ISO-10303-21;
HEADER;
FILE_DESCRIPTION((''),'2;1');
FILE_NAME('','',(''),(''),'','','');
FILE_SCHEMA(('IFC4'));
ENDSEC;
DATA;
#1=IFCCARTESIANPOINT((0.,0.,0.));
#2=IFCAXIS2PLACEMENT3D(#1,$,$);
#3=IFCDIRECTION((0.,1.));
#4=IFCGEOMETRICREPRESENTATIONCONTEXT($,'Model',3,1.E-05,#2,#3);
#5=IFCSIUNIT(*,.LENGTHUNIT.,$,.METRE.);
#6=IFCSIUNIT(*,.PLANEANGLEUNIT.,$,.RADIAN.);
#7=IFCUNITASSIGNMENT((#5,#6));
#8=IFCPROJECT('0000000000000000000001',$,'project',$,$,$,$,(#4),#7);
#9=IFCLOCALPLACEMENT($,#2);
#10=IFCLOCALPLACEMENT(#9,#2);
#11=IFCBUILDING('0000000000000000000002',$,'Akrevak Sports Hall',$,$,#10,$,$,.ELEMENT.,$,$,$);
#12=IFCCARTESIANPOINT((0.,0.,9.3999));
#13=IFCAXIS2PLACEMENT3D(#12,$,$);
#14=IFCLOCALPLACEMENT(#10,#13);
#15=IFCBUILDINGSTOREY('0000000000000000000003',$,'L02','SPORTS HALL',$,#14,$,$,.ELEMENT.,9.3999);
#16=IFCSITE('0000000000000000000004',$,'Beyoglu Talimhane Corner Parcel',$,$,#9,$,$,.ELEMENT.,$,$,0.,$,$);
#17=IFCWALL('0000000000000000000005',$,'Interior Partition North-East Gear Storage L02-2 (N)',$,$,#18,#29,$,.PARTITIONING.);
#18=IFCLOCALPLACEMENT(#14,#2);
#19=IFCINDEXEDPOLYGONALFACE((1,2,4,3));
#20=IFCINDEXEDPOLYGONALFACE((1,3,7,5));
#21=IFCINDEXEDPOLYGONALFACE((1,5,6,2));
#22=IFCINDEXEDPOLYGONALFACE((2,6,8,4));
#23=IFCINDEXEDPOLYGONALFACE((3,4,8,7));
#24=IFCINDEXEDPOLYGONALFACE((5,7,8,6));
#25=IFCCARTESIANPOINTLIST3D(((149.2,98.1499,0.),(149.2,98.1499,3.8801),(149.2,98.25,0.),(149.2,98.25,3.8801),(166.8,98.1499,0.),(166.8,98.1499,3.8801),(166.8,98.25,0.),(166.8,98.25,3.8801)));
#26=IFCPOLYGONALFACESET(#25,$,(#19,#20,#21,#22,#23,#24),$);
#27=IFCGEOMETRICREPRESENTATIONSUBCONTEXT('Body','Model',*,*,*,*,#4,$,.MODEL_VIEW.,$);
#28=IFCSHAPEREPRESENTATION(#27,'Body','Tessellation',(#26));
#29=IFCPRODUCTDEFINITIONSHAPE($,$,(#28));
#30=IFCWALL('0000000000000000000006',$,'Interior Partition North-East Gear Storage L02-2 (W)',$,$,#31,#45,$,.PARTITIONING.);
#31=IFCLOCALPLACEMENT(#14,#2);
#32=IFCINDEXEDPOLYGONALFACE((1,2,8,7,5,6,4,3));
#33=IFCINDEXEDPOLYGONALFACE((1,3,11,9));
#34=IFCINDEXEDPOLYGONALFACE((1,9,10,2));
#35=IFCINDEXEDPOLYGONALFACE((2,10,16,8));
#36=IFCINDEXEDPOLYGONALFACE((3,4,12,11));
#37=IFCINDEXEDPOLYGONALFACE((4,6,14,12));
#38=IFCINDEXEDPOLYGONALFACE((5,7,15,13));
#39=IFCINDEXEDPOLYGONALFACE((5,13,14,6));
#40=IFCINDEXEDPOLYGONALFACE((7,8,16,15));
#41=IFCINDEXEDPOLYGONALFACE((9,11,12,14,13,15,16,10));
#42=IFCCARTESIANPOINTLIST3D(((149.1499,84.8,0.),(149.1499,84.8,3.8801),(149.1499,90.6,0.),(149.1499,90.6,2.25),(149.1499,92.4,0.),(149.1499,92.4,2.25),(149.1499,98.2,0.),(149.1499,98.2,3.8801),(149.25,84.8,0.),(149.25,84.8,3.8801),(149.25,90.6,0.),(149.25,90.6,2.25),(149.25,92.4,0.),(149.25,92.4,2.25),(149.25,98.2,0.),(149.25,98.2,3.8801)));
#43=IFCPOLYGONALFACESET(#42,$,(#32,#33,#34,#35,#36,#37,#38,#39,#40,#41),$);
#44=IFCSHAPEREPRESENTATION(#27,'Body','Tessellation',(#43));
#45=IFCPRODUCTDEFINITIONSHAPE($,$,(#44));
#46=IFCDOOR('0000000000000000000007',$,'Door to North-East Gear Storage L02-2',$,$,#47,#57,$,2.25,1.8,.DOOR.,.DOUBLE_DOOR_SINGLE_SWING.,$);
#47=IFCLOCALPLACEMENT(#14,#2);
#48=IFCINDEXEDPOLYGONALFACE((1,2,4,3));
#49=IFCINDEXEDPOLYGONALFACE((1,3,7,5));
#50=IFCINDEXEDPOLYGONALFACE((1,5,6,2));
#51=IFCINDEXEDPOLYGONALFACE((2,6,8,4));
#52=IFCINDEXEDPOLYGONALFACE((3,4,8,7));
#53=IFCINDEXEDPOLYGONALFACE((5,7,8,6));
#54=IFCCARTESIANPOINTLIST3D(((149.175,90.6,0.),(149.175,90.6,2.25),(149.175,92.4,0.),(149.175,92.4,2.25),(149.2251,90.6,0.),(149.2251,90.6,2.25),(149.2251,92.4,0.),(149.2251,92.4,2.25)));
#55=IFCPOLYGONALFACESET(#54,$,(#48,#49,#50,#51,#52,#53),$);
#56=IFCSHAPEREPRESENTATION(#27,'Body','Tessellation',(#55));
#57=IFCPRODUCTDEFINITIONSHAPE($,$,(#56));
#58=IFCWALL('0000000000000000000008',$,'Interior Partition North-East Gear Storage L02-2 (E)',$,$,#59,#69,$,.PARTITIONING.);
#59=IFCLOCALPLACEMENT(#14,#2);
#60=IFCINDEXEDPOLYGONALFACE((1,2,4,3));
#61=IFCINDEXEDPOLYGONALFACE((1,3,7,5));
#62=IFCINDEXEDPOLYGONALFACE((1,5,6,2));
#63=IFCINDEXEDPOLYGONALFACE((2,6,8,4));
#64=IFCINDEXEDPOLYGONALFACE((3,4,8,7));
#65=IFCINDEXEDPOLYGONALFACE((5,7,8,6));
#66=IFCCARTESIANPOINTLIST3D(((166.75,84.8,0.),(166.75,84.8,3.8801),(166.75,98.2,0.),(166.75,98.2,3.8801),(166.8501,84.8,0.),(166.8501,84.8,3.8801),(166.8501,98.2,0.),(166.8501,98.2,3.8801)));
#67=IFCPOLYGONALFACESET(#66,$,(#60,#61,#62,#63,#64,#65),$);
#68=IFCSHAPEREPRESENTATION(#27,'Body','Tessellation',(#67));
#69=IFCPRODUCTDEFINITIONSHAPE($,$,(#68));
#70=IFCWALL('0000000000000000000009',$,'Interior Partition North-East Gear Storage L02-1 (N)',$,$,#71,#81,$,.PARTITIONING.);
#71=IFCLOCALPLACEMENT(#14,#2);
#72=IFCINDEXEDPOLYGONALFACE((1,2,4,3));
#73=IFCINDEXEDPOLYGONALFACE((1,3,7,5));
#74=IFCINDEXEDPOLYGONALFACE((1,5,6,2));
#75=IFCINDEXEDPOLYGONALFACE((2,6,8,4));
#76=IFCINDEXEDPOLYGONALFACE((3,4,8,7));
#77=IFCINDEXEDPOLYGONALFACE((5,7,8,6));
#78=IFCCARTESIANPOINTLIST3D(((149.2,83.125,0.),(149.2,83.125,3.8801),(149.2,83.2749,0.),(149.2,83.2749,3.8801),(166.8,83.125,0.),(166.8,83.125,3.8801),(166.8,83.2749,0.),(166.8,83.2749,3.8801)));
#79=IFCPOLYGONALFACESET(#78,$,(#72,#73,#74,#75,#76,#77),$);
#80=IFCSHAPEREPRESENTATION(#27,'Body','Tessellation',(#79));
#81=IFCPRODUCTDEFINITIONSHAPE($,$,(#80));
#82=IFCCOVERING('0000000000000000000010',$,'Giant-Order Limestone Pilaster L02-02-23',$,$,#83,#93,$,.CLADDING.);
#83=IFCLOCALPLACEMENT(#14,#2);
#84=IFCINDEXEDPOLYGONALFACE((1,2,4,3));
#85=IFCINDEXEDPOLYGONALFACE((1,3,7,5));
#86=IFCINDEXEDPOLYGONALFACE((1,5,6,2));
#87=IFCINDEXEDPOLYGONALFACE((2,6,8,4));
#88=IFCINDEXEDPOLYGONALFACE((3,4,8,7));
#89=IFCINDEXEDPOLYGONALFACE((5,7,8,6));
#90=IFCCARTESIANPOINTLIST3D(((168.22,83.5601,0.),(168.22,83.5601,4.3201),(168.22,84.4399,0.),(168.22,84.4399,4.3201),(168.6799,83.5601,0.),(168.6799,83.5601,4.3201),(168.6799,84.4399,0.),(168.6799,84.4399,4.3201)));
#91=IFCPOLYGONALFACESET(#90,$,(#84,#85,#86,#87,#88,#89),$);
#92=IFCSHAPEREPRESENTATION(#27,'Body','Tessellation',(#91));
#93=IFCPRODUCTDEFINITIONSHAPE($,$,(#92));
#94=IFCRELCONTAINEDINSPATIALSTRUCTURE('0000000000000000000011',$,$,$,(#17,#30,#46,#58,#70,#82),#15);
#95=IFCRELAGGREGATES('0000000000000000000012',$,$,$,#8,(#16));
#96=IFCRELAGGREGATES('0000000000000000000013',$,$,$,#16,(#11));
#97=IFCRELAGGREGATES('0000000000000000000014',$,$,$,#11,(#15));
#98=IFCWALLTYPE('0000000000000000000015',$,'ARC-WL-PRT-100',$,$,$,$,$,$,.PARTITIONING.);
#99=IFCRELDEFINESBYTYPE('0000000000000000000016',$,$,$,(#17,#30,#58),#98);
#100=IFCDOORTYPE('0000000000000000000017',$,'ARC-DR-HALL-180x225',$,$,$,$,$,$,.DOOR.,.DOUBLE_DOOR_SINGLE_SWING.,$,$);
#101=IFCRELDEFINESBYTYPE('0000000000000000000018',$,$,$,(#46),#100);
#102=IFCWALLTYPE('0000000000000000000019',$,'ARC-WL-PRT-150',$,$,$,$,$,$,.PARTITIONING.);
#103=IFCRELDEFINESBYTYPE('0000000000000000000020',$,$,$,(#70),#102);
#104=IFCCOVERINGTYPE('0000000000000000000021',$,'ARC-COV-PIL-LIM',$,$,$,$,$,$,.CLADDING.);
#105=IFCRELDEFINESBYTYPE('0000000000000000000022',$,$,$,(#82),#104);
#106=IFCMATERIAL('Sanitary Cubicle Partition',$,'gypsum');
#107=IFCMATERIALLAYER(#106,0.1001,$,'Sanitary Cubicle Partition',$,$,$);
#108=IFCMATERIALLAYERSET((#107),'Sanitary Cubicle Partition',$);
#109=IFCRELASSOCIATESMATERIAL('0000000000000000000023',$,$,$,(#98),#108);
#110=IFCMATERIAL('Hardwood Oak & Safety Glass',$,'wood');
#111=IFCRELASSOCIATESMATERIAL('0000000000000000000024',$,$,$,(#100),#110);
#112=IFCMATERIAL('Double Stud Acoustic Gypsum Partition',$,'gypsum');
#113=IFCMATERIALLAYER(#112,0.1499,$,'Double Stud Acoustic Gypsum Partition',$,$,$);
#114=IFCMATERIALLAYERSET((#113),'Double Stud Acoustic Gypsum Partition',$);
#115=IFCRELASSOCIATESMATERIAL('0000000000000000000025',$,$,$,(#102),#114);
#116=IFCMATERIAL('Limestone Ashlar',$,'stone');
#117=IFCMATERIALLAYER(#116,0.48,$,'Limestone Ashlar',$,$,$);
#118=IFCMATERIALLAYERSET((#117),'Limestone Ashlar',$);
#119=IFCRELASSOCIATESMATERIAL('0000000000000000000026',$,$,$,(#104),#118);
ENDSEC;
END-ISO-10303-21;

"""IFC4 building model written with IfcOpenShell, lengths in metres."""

from ifc_helpers import new_model, si_unit, direction, frame, frame_2d, origin, origin_2d, place, context, subcontext, project, spatial, rectangle, extrude, material, layer, layer_set, type_object, element, fill, save


model = new_model("IFC4")

# Units and contexts
model_context = context("Model", 3, precision=1e-05, world=origin(), true_north=direction((0.0, 1.0)))
body_context = subcontext(model_context, "Body", "Model", "MODEL_VIEW")
ifc_project = project(units=[si_unit("LENGTHUNIT", "METRE"), si_unit("PLANEANGLEUNIT", "RADIAN")], contexts=[model_context])

# Site, building, storey
site_placement = place(None, origin())
site = spatial("IfcSite", under=ifc_project, at=site_placement, Name="Beyoglu Talimhane Corner Parcel", CompositionType="ELEMENT", RefElevation=0.0)
building_placement = place(site_placement, origin())
building = spatial("IfcBuilding", under=site, at=building_placement, Name="Akrevak Sports Hall", CompositionType="ELEMENT")
storey_placement = place(building_placement, frame((0.0, 0.0, 9.3999)))
storey = spatial("IfcBuildingStorey", under=building, at=storey_placement, Name="L02", Description="SPORTS HALL", CompositionType="ELEMENT", Elevation=9.3999)

# Shared definitions
ifc_material_1 = material(Name="Limestone Ashlar", Category="stone")

# Wall
ifc_material_2 = material(Name="Sanitary Cubicle Partition", Category="gypsum")
ifc_layer_1 = layer(ifc_material_2, 0.1001, Name="Sanitary Cubicle Partition")
ifc_layer_set_1 = layer_set([ifc_layer_1], Name="Sanitary Cubicle Partition")
wall_type_1 = type_object("IfcWallType", Name="ARC-WL-PRT-100", PredefinedType="PARTITIONING", material=ifc_layer_set_1)
for number, where, z_axis, x_axis, name in (
    (1, (149.2, 98.2, 0.0), (0.0, 0.0, 1.0), (1.0, 0.0, 0.0), "Interior Partition North-East Gear Storage L02-2 (N)"),
):
    element("IfcWall", number, at=place(storey_placement, frame(where, z_axis=z_axis, x_axis=x_axis)), inside=storey, type_object=wall_type_1, Name=name, PredefinedType="PARTITIONING", context=body_context, shape_type="SweptSolid", body=[
        extrude(rectangle(XDim=17.6001, YDim=0.1001, at=frame_2d((8.8, 0.0))), origin(), (0.0, 0.0, 1.0), 3.8801),
    ])

# Wall, opening, door
wall_1_placement = place(storey_placement, frame((149.2, 84.8, 0.0), z_axis=(0.0, 0.0, 1.0), x_axis=(0.0, 1.0, 0.0)))
wall_1 = element("IfcWall", 2, at=wall_1_placement, inside=storey, type_object=wall_type_1, Name="Interior Partition North-East Gear Storage L02-2 (W)", PredefinedType="PARTITIONING", context=body_context, shape_type="SweptSolid", body=[
    extrude(rectangle(XDim=13.3999, YDim=0.1001, at=frame_2d((6.7, 0.0))), origin(), (0.0, 0.0, 1.0), 3.8801),
])
opening_1_placement = place(wall_1_placement, frame((5.8, 0.0, 0.0)))
opening_1 = element("IfcOpeningElement", 3, at=opening_1_placement, cuts=wall_1, PredefinedType="OPENING", context=body_context, shape_type="SweptSolid", body=[
    extrude(rectangle(XDim=1.8, YDim=2.25, at=frame_2d((0.8999, 1.125))), frame((0.0, 0.062, 0.0), z_axis=(0.0, -1.0, 0.0), x_axis=(1.0, 0.0, 0.0)), (0.0, 0.0, 1.0), 0.124),
])
ifc_material_3 = material(Name="Hardwood Oak & Safety Glass", Category="wood")
door_type = type_object("IfcDoorType", Name="ARC-DR-HALL-180x225", OperationType="DOUBLE_DOOR_SINGLE_SWING", PredefinedType="DOOR", material=ifc_material_3)
door_placement = place(opening_1_placement, origin())
door = element("IfcDoor", 4, at=door_placement, inside=storey, type_object=door_type, Name="Door to North-East Gear Storage L02-2", OperationType="DOUBLE_DOOR_SINGLE_SWING", OverallHeight=2.25, OverallWidth=1.8, PredefinedType="DOOR", context=body_context, shape_type="SweptSolid", body=[
    extrude(rectangle(XDim=1.8, YDim=2.25, at=frame_2d((0.8999, 1.125))), frame((0.0, 0.0249, 0.0), z_axis=(0.0, -1.0, 0.0), x_axis=(1.0, 0.0, 0.0)), (0.0, 0.0, 1.0), 0.05),
])
fill(opening_1, door)

# Walls
wall_2_placement = place(storey_placement, frame((166.8, 84.8, 0.0), z_axis=(0.0, 0.0, 1.0), x_axis=(0.0, 1.0, 0.0)))
element("IfcWall", 5, at=wall_2_placement, inside=storey, type_object=wall_type_1, Name="Interior Partition North-East Gear Storage L02-2 (E)", PredefinedType="PARTITIONING", context=body_context, shape_type="SweptSolid", body=[
    extrude(rectangle(XDim=13.3999, YDim=0.1001, at=frame_2d((6.7, 0.0))), origin(), (0.0, 0.0, 1.0), 3.8801),
])
ifc_material_4 = material(Name="Double Stud Acoustic Gypsum Partition", Category="gypsum")
ifc_layer_2 = layer(ifc_material_4, 0.1499, Name="Double Stud Acoustic Gypsum Partition")
ifc_layer_set_2 = layer_set([ifc_layer_2], Name="Double Stud Acoustic Gypsum Partition")
wall_type_2 = type_object("IfcWallType", Name="ARC-WL-PRT-150", PredefinedType="PARTITIONING", material=ifc_layer_set_2)
wall_3_placement = place(storey_placement, frame((149.2, 83.2, 0.0), z_axis=(0.0, 0.0, 1.0), x_axis=(1.0, 0.0, 0.0)))
element("IfcWall", 6, at=wall_3_placement, inside=storey, type_object=wall_type_2, Name="Interior Partition North-East Gear Storage L02-1 (N)", PredefinedType="PARTITIONING", context=body_context, shape_type="SweptSolid", body=[
    extrude(rectangle(XDim=17.6001, YDim=0.1499, at=frame_2d((8.8, 0.0))), origin(), (0.0, 0.0, 1.0), 3.8801),
])

# Covering
ifc_layer_3 = layer(ifc_material_1, 0.48, Name="Limestone Ashlar")
ifc_layer_set_3 = layer_set([ifc_layer_3], Name="Limestone Ashlar")
covering_type = type_object("IfcCoveringType", Name="ARC-COV-PIL-LIM", PredefinedType="CLADDING", material=ifc_layer_set_3)
covering_placement = place(storey_placement, frame((168.45, 84.0, 0.0), z_axis=(0.0, 0.0, 1.0), x_axis=(0.0, 1.0, 0.0)))
element("IfcCovering", 7, at=covering_placement, inside=storey, type_object=covering_type, Name="Giant-Order Limestone Pilaster L02-02-23", PredefinedType="CLADDING", context=body_context, shape_type="SweptSolid", body=[
    extrude(rectangle(XDim=0.8799, YDim=0.46, at=origin_2d()), origin(), (0.0, 0.0, 1.0), 4.3201),
])

save(model, "model.ifc")
